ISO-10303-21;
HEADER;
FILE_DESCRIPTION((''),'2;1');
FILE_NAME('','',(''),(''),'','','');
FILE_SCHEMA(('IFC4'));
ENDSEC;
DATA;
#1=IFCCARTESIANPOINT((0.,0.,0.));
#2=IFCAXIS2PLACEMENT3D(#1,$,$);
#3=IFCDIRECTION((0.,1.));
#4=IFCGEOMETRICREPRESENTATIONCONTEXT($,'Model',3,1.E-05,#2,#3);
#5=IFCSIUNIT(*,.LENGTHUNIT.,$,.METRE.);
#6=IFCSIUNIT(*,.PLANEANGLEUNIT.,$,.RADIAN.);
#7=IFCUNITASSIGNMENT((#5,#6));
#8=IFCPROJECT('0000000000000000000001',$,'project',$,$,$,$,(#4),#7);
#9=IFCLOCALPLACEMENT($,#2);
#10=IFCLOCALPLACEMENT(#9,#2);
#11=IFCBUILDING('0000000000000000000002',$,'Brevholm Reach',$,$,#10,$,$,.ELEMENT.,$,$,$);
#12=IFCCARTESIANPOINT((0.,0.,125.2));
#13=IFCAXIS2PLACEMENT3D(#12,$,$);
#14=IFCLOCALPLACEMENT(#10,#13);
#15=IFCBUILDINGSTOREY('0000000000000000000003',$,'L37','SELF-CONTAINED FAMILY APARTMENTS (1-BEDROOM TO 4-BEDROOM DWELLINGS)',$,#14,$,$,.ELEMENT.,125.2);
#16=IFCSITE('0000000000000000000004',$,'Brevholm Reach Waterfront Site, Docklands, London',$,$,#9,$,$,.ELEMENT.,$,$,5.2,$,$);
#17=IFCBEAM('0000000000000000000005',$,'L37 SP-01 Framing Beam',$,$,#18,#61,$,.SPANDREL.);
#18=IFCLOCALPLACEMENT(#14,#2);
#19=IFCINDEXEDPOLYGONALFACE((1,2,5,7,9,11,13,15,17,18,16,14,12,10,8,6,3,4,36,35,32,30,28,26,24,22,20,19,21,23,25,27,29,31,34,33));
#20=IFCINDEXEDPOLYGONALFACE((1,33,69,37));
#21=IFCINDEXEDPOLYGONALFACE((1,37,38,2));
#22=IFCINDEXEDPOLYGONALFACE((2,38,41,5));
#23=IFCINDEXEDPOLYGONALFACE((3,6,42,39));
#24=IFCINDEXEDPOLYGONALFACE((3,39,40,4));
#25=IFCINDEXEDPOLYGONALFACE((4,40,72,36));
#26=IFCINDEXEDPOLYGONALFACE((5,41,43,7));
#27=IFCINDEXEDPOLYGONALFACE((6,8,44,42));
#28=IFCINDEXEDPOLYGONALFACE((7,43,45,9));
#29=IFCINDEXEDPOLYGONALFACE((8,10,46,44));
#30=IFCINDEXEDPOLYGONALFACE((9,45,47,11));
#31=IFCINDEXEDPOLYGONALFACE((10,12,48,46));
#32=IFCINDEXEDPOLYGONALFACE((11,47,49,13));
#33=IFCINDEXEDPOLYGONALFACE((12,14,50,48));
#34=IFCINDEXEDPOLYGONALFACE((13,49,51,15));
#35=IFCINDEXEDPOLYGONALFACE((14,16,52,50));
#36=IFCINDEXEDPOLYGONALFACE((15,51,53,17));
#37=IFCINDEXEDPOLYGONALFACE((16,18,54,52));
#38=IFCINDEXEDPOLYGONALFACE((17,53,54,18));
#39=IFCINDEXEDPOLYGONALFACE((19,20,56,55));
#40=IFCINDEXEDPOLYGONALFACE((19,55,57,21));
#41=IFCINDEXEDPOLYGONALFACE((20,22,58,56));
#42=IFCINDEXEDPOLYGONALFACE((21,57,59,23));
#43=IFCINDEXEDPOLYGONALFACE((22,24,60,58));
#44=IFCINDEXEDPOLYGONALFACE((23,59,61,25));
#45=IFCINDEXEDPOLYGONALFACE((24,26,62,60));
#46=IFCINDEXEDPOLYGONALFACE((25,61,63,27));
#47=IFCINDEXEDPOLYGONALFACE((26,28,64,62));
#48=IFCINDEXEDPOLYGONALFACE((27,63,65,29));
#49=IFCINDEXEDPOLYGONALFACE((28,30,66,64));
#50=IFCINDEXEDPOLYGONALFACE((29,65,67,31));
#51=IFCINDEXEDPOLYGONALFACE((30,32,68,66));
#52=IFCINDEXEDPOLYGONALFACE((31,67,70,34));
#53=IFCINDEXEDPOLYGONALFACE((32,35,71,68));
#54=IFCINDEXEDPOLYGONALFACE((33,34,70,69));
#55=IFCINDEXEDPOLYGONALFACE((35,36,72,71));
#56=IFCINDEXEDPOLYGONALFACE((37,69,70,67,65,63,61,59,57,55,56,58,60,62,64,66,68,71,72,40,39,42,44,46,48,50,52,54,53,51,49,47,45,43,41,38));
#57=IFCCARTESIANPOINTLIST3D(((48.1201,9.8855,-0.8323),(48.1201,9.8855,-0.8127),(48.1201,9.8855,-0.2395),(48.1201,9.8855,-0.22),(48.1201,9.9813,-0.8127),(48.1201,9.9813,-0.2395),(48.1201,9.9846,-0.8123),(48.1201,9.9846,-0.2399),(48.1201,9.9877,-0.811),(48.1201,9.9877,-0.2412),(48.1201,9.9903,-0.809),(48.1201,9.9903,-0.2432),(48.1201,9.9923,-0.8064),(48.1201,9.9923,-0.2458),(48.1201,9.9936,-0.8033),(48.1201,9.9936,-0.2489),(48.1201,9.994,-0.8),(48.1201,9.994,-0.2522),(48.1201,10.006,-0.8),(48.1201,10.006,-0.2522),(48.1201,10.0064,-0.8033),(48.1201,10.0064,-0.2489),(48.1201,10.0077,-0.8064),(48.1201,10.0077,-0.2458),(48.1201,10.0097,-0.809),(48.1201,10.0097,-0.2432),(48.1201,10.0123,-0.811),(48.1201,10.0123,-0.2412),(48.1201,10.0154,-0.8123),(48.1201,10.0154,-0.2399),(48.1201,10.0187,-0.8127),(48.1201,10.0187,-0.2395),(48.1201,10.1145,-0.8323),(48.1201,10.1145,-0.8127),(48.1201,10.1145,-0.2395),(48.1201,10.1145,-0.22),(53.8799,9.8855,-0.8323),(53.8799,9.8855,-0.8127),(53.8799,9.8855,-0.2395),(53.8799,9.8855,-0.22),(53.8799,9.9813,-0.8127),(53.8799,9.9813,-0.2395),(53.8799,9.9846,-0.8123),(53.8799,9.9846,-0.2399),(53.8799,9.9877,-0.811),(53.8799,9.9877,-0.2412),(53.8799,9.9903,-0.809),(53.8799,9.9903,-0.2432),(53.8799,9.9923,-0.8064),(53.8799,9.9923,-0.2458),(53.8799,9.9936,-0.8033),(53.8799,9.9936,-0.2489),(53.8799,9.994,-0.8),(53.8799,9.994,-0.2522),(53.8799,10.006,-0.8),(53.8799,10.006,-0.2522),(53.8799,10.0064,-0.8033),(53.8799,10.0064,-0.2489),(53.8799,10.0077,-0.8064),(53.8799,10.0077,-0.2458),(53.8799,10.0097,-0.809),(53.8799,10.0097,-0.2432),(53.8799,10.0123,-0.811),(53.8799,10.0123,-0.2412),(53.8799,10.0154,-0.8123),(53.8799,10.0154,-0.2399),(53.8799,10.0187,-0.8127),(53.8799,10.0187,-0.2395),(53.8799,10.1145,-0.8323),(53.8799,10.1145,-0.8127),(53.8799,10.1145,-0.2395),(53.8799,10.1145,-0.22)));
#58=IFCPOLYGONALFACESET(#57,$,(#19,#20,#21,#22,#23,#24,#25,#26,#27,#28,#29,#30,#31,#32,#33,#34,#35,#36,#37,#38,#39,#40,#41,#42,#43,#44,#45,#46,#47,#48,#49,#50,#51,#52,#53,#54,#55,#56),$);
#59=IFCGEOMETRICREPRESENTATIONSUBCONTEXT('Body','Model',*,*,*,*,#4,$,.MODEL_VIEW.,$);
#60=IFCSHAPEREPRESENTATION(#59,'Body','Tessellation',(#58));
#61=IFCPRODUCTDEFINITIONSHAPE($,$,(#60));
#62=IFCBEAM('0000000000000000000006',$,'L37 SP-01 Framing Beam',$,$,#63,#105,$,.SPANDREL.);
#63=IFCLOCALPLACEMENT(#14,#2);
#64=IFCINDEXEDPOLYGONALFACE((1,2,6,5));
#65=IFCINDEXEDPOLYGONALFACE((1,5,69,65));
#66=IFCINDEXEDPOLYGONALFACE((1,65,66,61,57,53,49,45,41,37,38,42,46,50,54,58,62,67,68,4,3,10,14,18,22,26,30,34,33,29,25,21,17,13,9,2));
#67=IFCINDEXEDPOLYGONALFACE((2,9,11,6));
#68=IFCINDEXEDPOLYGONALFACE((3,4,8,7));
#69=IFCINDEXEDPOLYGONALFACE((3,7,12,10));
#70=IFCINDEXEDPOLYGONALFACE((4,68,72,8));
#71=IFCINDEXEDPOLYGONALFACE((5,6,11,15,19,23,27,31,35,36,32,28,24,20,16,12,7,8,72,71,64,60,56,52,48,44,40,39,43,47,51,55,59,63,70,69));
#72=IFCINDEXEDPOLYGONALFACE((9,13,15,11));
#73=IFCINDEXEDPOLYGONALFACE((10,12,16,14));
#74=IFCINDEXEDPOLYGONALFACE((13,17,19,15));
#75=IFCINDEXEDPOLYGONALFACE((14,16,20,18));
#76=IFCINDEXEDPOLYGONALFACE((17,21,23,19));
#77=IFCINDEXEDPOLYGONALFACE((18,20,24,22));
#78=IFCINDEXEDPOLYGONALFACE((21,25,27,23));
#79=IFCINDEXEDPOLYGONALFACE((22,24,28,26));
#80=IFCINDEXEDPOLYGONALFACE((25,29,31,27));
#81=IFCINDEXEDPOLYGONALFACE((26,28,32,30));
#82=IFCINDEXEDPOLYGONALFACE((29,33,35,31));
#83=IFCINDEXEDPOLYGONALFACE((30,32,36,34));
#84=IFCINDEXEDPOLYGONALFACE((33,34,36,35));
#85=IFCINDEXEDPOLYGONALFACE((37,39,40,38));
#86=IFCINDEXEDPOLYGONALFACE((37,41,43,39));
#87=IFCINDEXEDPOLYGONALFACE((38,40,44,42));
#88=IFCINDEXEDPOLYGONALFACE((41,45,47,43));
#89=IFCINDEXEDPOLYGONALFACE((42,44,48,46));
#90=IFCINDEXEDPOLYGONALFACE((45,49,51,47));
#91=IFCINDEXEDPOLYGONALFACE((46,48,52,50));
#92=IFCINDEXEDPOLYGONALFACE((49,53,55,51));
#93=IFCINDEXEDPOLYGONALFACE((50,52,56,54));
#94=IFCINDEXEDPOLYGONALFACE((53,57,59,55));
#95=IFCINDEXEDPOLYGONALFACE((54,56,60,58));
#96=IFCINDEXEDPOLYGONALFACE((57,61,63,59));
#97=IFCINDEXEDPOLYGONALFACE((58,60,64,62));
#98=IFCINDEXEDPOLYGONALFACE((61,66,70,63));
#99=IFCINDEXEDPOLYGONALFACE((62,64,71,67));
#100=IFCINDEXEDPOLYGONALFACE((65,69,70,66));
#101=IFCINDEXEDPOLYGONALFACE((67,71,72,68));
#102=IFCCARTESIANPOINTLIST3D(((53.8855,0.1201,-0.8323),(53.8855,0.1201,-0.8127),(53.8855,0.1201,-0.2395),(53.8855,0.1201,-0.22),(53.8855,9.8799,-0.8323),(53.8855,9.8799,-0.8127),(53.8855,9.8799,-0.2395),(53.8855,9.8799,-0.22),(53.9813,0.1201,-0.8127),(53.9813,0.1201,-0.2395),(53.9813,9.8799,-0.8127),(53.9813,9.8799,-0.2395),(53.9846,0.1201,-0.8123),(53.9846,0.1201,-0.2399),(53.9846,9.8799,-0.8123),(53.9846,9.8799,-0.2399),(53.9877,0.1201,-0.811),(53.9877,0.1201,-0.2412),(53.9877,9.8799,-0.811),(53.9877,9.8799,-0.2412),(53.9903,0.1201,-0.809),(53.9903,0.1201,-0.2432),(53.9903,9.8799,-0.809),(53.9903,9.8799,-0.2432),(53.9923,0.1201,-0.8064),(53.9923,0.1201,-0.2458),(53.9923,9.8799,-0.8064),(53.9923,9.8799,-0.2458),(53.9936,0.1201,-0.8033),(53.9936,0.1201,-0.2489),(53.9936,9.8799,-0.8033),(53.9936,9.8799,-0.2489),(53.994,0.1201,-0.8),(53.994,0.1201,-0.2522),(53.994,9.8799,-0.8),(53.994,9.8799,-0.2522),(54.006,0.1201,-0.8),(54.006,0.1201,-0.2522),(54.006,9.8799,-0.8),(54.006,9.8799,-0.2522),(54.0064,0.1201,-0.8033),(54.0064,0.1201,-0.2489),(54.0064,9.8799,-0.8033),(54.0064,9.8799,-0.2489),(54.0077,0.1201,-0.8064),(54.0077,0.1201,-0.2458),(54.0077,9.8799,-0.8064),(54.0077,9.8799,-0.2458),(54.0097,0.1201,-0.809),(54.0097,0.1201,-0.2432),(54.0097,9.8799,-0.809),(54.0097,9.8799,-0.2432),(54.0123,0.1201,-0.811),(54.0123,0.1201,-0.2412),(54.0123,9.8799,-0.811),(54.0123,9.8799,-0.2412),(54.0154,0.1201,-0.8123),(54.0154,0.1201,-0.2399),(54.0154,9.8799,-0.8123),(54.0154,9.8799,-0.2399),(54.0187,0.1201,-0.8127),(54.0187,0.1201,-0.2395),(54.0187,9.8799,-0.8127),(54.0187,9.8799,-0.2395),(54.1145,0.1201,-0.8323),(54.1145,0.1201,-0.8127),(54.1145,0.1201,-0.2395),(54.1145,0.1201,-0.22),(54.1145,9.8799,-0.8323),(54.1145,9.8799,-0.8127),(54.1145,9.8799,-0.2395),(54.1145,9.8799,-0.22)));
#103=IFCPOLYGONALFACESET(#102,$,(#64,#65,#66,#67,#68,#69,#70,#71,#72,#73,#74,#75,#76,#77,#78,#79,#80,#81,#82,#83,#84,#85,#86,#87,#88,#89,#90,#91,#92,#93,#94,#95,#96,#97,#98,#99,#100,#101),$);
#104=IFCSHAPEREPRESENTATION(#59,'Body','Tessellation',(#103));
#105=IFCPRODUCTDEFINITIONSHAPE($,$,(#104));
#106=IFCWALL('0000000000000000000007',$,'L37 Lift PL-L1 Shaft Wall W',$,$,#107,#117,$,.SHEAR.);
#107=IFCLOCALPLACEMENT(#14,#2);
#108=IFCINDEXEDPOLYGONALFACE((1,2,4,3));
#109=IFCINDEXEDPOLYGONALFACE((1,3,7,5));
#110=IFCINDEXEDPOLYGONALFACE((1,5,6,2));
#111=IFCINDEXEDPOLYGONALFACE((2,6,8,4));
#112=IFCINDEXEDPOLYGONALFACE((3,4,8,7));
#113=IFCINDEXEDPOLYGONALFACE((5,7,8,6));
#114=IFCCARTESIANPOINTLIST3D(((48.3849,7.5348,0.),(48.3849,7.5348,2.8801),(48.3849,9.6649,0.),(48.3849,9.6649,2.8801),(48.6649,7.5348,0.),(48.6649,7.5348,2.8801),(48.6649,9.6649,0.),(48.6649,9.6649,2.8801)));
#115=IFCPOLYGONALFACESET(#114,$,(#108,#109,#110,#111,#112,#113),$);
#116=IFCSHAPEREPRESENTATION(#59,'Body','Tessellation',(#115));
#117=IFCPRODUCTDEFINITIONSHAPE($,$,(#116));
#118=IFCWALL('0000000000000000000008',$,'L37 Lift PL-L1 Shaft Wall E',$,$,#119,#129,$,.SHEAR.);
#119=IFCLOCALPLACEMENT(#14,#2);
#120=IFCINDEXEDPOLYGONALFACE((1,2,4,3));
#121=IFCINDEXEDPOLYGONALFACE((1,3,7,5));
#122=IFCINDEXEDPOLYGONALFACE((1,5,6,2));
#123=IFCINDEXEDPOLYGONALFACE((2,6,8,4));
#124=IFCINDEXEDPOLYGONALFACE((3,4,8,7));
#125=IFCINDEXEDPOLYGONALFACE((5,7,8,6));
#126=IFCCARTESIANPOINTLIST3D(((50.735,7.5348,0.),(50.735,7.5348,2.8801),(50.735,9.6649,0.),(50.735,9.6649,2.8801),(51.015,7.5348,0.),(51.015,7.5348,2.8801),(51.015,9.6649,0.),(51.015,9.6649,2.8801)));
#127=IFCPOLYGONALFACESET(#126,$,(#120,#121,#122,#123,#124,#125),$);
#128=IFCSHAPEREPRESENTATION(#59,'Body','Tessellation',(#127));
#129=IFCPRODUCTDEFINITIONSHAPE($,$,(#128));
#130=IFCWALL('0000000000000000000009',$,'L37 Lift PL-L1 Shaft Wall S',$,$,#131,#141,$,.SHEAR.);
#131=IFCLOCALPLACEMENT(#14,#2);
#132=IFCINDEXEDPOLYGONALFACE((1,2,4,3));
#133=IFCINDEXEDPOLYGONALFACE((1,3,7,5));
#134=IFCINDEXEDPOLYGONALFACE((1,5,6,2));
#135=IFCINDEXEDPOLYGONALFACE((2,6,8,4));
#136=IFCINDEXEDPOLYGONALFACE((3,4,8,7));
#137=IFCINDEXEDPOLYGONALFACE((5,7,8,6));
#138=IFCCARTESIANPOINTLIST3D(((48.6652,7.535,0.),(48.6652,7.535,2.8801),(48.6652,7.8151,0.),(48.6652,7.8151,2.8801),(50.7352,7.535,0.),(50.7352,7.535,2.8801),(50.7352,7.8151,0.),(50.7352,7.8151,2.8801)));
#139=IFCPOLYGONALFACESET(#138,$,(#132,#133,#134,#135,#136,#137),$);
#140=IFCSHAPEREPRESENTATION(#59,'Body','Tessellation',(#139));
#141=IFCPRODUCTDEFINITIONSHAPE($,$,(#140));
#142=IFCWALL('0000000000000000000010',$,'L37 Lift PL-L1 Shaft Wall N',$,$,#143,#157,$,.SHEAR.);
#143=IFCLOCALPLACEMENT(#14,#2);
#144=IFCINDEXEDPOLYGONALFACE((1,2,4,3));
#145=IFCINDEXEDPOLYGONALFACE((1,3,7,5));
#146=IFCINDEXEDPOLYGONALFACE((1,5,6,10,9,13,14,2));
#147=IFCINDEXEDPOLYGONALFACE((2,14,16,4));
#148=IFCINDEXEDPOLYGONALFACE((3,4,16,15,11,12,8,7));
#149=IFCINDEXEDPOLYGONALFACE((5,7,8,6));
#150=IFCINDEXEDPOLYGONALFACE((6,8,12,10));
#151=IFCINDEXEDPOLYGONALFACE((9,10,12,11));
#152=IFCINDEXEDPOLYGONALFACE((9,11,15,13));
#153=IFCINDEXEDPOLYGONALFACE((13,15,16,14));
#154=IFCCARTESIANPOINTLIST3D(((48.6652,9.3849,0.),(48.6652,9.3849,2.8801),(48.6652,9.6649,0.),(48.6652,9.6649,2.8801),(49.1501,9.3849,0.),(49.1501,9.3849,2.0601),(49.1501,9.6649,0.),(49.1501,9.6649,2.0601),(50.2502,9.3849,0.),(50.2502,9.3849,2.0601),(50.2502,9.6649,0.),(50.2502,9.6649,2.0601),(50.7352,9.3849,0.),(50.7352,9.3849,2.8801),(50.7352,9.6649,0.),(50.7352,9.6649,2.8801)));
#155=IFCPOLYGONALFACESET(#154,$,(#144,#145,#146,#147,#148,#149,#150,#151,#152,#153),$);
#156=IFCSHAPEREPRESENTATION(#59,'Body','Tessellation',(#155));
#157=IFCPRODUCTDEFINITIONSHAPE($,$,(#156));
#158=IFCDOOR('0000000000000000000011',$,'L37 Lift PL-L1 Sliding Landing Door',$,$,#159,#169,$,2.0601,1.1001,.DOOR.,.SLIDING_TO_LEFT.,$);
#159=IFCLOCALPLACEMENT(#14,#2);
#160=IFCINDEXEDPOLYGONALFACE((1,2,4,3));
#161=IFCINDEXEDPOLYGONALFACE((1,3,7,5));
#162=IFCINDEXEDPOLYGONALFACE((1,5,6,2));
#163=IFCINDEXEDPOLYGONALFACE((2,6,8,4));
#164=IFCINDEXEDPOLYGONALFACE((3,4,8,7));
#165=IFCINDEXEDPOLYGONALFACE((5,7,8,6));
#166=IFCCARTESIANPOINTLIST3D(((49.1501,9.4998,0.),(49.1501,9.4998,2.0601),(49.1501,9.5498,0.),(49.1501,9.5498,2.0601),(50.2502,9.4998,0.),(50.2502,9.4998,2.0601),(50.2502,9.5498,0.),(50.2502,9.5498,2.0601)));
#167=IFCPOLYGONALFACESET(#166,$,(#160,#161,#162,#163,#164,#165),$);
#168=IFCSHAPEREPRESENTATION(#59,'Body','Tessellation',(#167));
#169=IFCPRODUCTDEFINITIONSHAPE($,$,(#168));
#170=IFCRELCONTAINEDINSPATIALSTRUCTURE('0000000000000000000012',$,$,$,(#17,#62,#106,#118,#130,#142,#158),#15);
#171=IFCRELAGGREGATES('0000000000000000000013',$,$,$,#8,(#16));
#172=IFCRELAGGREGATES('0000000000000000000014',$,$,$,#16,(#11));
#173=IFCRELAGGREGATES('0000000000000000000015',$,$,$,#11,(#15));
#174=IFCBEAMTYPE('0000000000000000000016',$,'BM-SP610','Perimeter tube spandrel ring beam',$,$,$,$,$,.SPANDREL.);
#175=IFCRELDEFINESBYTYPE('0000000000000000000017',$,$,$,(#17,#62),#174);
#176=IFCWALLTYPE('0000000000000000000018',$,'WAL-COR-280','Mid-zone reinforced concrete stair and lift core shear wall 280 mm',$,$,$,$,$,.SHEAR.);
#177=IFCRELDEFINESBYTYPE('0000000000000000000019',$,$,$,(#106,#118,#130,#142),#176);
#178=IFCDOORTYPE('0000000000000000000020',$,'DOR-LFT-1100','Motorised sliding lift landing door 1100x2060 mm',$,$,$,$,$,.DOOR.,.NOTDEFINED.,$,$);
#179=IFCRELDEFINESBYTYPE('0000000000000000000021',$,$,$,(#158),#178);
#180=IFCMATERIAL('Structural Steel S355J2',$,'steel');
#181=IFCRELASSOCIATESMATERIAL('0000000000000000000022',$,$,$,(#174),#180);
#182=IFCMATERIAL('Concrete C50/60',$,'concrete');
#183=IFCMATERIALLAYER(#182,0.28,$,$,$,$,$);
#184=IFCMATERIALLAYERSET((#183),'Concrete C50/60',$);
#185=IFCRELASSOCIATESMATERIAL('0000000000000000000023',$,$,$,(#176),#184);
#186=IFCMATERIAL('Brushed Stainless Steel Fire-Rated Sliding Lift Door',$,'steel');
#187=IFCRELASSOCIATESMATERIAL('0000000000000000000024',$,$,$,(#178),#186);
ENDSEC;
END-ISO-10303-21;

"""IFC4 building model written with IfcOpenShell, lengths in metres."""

from ifc_helpers import new_model, si_unit, direction, frame, frame_2d, origin, origin_2d, place, context, subcontext, project, spatial, rectangle, i_section, extrude, material, layer, layer_set, material_profile, profile_set, type_object, element, fill, save


model = new_model("IFC4")

# Units and contexts
model_context = context("Model", 3, precision=1e-05, world=origin(), true_north=direction((0.0, 1.0)))
body_context = subcontext(model_context, "Body", "Model", "MODEL_VIEW")
ifc_project = project(units=[si_unit("LENGTHUNIT", "METRE"), si_unit("PLANEANGLEUNIT", "RADIAN")], contexts=[model_context])

# Site, building, storey
site_placement = place(None, origin())
site = spatial("IfcSite", under=ifc_project, at=site_placement, Name="Brevholm Reach Waterfront Site, Docklands, London", CompositionType="ELEMENT", RefElevation=5.2)
building_placement = place(site_placement, origin())
building = spatial("IfcBuilding", under=site, at=building_placement, Name="Brevholm Reach", CompositionType="ELEMENT")
storey_placement = place(building_placement, frame((0.0, 0.0, 125.2)))
storey = spatial("IfcBuildingStorey", under=building, at=storey_placement, Name="L37", Description="SELF-CONTAINED FAMILY APARTMENTS (1-BEDROOM TO 4-BEDROOM DWELLINGS)", CompositionType="ELEMENT", Elevation=125.2)

# Beams
ifc_material_1 = material(Name="Structural Steel S355J2", Category="steel")
ifc_material_profile_1 = material_profile(ifc_material_1, i_section(OverallWidth=0.229, OverallDepth=0.6123, WebThickness=0.012, FlangeThickness=0.0195, FilletRadius=0.0127, at=origin_2d()), Name="UKB 610x229x125")
ifc_profile_set_1 = profile_set([ifc_material_profile_1], Name="Structural Steel S355J2")
beam_type_1 = type_object("IfcBeamType", Name="BM-SP610", Description="Perimeter tube spandrel ring beam", PredefinedType="SPANDREL", material=ifc_profile_set_1)
beam_1_placement = place(storey_placement, frame((48.1201, 10.0, -0.5261), z_axis=(1.0, 0.0, 0.0), x_axis=(0.0, 1.0, 0.0)))
element("IfcBeam", 1, at=beam_1_placement, inside=storey, type_object=beam_type_1, Name="L37 SP-01 Framing Beam", PredefinedType="SPANDREL", context=body_context, shape_type="SweptSolid", body=[
    extrude(i_section(OverallWidth=0.229, OverallDepth=0.6123, WebThickness=0.012, FlangeThickness=0.0195, FilletRadius=0.0127, at=origin_2d()), origin(), (0.0, 0.0, 1.0), 5.7598),
])
beam_2_placement = place(storey_placement, frame((54.0, 0.1201, -0.5261), z_axis=(0.0, 1.0, 0.0), x_axis=(-1.0, 0.0, 0.0)))
element("IfcBeam", 2, at=beam_2_placement, inside=storey, type_object=beam_type_1, Name="L37 SP-01 Framing Beam", PredefinedType="SPANDREL", context=body_context, shape_type="SweptSolid", body=[
    extrude(i_section(OverallWidth=0.229, OverallDepth=0.6123, WebThickness=0.012, FlangeThickness=0.0195, FilletRadius=0.0127, at=origin_2d()), origin(), (0.0, 0.0, 1.0), 9.7598),
])

# Walls
ifc_material_2 = material(Name="Concrete C50/60", Category="concrete")
ifc_layer_1 = layer(ifc_material_2, 0.28)
ifc_layer_set_1 = layer_set([ifc_layer_1], Name="Concrete C50/60")
wall_type_1 = type_object("IfcWallType", Name="WAL-COR-280", Description="Mid-zone reinforced concrete stair and lift core shear wall 280 mm", PredefinedType="SHEAR", material=ifc_layer_set_1)
for number, where, z_axis, x_axis, name in (
    (3, (48.5249, 7.5349, 0.0), (0.0, 0.0, 1.0), (0.0, 1.0, 0.0), "L37 Lift PL-L1 Shaft Wall W"),
    (4, (50.875, 7.5349, 0.0), (0.0, 0.0, 1.0), (0.0, 1.0, 0.0), "L37 Lift PL-L1 Shaft Wall E"),
):
    element("IfcWall", number, at=place(storey_placement, frame(where, z_axis=z_axis, x_axis=x_axis)), inside=storey, type_object=wall_type_1, Name=name, PredefinedType="SHEAR", context=body_context, shape_type="SweptSolid", body=[
        extrude(rectangle(XDim=2.1301, YDim=0.28, at=frame_2d((1.0649, 0.0))), origin(), (0.0, 0.0, 1.0), 2.8801),
    ])
wall_1_placement = place(storey_placement, frame((48.665, 7.675, 0.0), z_axis=(0.0, 0.0, 1.0), x_axis=(1.0, 0.0, 0.0)))
element("IfcWall", 5, at=wall_1_placement, inside=storey, type_object=wall_type_1, Name="L37 Lift PL-L1 Shaft Wall S", PredefinedType="SHEAR", context=body_context, shape_type="SweptSolid", body=[
    extrude(rectangle(XDim=2.0701, YDim=0.28, at=frame_2d((1.0352, 0.0))), origin(), (0.0, 0.0, 1.0), 2.8801),
])

# Wall, opening, door
wall_2_placement = place(storey_placement, frame((48.665, 9.5249, 0.0), z_axis=(0.0, 0.0, 1.0), x_axis=(1.0, 0.0, 0.0)))
wall_2 = element("IfcWall", 6, at=wall_2_placement, inside=storey, type_object=wall_type_1, Name="L37 Lift PL-L1 Shaft Wall N", PredefinedType="SHEAR", context=body_context, shape_type="SweptSolid", body=[
    extrude(rectangle(XDim=2.0701, YDim=0.28, at=frame_2d((1.0352, 0.0))), origin(), (0.0, 0.0, 1.0), 2.8801),
])
opening_1_placement = place(wall_2_placement, frame((0.4851, 0.0, 0.0)))
opening_1 = element("IfcOpeningElement", 7, at=opening_1_placement, cuts=wall_2, PredefinedType="OPENING", context=body_context, shape_type="SweptSolid", body=[
    extrude(rectangle(XDim=1.1001, YDim=2.0601, at=frame_2d((0.55, 1.03))), frame((0.0, 0.1499, 0.0), z_axis=(0.0, -1.0, 0.0), x_axis=(1.0, 0.0, 0.0)), (0.0, 0.0, 1.0), 0.3),
])
ifc_material_3 = material(Name="Brushed Stainless Steel Fire-Rated Sliding Lift Door", Category="steel")
door_type_1 = type_object("IfcDoorType", Name="DOR-LFT-1100", Description="Motorised sliding lift landing door 1100x2060 mm", OperationType="NOTDEFINED", PredefinedType="DOOR", material=ifc_material_3)
door_1_placement = place(opening_1_placement, origin())
door_1 = element("IfcDoor", 8, at=door_1_placement, inside=storey, type_object=door_type_1, Name="L37 Lift PL-L1 Sliding Landing Door", OperationType="SLIDING_TO_LEFT", OverallHeight=2.0601, OverallWidth=1.1001, PredefinedType="DOOR", context=body_context, shape_type="SweptSolid", body=[
    extrude(rectangle(XDim=1.1001, YDim=2.0601, at=frame_2d((0.55, 1.03))), frame((0.0, 0.0249, 0.0), z_axis=(0.0, -1.0, 0.0), x_axis=(1.0, 0.0, 0.0)), (0.0, 0.0, 1.0), 0.05),
])
fill(opening_1, door_1)

save(model, "model.ifc")
